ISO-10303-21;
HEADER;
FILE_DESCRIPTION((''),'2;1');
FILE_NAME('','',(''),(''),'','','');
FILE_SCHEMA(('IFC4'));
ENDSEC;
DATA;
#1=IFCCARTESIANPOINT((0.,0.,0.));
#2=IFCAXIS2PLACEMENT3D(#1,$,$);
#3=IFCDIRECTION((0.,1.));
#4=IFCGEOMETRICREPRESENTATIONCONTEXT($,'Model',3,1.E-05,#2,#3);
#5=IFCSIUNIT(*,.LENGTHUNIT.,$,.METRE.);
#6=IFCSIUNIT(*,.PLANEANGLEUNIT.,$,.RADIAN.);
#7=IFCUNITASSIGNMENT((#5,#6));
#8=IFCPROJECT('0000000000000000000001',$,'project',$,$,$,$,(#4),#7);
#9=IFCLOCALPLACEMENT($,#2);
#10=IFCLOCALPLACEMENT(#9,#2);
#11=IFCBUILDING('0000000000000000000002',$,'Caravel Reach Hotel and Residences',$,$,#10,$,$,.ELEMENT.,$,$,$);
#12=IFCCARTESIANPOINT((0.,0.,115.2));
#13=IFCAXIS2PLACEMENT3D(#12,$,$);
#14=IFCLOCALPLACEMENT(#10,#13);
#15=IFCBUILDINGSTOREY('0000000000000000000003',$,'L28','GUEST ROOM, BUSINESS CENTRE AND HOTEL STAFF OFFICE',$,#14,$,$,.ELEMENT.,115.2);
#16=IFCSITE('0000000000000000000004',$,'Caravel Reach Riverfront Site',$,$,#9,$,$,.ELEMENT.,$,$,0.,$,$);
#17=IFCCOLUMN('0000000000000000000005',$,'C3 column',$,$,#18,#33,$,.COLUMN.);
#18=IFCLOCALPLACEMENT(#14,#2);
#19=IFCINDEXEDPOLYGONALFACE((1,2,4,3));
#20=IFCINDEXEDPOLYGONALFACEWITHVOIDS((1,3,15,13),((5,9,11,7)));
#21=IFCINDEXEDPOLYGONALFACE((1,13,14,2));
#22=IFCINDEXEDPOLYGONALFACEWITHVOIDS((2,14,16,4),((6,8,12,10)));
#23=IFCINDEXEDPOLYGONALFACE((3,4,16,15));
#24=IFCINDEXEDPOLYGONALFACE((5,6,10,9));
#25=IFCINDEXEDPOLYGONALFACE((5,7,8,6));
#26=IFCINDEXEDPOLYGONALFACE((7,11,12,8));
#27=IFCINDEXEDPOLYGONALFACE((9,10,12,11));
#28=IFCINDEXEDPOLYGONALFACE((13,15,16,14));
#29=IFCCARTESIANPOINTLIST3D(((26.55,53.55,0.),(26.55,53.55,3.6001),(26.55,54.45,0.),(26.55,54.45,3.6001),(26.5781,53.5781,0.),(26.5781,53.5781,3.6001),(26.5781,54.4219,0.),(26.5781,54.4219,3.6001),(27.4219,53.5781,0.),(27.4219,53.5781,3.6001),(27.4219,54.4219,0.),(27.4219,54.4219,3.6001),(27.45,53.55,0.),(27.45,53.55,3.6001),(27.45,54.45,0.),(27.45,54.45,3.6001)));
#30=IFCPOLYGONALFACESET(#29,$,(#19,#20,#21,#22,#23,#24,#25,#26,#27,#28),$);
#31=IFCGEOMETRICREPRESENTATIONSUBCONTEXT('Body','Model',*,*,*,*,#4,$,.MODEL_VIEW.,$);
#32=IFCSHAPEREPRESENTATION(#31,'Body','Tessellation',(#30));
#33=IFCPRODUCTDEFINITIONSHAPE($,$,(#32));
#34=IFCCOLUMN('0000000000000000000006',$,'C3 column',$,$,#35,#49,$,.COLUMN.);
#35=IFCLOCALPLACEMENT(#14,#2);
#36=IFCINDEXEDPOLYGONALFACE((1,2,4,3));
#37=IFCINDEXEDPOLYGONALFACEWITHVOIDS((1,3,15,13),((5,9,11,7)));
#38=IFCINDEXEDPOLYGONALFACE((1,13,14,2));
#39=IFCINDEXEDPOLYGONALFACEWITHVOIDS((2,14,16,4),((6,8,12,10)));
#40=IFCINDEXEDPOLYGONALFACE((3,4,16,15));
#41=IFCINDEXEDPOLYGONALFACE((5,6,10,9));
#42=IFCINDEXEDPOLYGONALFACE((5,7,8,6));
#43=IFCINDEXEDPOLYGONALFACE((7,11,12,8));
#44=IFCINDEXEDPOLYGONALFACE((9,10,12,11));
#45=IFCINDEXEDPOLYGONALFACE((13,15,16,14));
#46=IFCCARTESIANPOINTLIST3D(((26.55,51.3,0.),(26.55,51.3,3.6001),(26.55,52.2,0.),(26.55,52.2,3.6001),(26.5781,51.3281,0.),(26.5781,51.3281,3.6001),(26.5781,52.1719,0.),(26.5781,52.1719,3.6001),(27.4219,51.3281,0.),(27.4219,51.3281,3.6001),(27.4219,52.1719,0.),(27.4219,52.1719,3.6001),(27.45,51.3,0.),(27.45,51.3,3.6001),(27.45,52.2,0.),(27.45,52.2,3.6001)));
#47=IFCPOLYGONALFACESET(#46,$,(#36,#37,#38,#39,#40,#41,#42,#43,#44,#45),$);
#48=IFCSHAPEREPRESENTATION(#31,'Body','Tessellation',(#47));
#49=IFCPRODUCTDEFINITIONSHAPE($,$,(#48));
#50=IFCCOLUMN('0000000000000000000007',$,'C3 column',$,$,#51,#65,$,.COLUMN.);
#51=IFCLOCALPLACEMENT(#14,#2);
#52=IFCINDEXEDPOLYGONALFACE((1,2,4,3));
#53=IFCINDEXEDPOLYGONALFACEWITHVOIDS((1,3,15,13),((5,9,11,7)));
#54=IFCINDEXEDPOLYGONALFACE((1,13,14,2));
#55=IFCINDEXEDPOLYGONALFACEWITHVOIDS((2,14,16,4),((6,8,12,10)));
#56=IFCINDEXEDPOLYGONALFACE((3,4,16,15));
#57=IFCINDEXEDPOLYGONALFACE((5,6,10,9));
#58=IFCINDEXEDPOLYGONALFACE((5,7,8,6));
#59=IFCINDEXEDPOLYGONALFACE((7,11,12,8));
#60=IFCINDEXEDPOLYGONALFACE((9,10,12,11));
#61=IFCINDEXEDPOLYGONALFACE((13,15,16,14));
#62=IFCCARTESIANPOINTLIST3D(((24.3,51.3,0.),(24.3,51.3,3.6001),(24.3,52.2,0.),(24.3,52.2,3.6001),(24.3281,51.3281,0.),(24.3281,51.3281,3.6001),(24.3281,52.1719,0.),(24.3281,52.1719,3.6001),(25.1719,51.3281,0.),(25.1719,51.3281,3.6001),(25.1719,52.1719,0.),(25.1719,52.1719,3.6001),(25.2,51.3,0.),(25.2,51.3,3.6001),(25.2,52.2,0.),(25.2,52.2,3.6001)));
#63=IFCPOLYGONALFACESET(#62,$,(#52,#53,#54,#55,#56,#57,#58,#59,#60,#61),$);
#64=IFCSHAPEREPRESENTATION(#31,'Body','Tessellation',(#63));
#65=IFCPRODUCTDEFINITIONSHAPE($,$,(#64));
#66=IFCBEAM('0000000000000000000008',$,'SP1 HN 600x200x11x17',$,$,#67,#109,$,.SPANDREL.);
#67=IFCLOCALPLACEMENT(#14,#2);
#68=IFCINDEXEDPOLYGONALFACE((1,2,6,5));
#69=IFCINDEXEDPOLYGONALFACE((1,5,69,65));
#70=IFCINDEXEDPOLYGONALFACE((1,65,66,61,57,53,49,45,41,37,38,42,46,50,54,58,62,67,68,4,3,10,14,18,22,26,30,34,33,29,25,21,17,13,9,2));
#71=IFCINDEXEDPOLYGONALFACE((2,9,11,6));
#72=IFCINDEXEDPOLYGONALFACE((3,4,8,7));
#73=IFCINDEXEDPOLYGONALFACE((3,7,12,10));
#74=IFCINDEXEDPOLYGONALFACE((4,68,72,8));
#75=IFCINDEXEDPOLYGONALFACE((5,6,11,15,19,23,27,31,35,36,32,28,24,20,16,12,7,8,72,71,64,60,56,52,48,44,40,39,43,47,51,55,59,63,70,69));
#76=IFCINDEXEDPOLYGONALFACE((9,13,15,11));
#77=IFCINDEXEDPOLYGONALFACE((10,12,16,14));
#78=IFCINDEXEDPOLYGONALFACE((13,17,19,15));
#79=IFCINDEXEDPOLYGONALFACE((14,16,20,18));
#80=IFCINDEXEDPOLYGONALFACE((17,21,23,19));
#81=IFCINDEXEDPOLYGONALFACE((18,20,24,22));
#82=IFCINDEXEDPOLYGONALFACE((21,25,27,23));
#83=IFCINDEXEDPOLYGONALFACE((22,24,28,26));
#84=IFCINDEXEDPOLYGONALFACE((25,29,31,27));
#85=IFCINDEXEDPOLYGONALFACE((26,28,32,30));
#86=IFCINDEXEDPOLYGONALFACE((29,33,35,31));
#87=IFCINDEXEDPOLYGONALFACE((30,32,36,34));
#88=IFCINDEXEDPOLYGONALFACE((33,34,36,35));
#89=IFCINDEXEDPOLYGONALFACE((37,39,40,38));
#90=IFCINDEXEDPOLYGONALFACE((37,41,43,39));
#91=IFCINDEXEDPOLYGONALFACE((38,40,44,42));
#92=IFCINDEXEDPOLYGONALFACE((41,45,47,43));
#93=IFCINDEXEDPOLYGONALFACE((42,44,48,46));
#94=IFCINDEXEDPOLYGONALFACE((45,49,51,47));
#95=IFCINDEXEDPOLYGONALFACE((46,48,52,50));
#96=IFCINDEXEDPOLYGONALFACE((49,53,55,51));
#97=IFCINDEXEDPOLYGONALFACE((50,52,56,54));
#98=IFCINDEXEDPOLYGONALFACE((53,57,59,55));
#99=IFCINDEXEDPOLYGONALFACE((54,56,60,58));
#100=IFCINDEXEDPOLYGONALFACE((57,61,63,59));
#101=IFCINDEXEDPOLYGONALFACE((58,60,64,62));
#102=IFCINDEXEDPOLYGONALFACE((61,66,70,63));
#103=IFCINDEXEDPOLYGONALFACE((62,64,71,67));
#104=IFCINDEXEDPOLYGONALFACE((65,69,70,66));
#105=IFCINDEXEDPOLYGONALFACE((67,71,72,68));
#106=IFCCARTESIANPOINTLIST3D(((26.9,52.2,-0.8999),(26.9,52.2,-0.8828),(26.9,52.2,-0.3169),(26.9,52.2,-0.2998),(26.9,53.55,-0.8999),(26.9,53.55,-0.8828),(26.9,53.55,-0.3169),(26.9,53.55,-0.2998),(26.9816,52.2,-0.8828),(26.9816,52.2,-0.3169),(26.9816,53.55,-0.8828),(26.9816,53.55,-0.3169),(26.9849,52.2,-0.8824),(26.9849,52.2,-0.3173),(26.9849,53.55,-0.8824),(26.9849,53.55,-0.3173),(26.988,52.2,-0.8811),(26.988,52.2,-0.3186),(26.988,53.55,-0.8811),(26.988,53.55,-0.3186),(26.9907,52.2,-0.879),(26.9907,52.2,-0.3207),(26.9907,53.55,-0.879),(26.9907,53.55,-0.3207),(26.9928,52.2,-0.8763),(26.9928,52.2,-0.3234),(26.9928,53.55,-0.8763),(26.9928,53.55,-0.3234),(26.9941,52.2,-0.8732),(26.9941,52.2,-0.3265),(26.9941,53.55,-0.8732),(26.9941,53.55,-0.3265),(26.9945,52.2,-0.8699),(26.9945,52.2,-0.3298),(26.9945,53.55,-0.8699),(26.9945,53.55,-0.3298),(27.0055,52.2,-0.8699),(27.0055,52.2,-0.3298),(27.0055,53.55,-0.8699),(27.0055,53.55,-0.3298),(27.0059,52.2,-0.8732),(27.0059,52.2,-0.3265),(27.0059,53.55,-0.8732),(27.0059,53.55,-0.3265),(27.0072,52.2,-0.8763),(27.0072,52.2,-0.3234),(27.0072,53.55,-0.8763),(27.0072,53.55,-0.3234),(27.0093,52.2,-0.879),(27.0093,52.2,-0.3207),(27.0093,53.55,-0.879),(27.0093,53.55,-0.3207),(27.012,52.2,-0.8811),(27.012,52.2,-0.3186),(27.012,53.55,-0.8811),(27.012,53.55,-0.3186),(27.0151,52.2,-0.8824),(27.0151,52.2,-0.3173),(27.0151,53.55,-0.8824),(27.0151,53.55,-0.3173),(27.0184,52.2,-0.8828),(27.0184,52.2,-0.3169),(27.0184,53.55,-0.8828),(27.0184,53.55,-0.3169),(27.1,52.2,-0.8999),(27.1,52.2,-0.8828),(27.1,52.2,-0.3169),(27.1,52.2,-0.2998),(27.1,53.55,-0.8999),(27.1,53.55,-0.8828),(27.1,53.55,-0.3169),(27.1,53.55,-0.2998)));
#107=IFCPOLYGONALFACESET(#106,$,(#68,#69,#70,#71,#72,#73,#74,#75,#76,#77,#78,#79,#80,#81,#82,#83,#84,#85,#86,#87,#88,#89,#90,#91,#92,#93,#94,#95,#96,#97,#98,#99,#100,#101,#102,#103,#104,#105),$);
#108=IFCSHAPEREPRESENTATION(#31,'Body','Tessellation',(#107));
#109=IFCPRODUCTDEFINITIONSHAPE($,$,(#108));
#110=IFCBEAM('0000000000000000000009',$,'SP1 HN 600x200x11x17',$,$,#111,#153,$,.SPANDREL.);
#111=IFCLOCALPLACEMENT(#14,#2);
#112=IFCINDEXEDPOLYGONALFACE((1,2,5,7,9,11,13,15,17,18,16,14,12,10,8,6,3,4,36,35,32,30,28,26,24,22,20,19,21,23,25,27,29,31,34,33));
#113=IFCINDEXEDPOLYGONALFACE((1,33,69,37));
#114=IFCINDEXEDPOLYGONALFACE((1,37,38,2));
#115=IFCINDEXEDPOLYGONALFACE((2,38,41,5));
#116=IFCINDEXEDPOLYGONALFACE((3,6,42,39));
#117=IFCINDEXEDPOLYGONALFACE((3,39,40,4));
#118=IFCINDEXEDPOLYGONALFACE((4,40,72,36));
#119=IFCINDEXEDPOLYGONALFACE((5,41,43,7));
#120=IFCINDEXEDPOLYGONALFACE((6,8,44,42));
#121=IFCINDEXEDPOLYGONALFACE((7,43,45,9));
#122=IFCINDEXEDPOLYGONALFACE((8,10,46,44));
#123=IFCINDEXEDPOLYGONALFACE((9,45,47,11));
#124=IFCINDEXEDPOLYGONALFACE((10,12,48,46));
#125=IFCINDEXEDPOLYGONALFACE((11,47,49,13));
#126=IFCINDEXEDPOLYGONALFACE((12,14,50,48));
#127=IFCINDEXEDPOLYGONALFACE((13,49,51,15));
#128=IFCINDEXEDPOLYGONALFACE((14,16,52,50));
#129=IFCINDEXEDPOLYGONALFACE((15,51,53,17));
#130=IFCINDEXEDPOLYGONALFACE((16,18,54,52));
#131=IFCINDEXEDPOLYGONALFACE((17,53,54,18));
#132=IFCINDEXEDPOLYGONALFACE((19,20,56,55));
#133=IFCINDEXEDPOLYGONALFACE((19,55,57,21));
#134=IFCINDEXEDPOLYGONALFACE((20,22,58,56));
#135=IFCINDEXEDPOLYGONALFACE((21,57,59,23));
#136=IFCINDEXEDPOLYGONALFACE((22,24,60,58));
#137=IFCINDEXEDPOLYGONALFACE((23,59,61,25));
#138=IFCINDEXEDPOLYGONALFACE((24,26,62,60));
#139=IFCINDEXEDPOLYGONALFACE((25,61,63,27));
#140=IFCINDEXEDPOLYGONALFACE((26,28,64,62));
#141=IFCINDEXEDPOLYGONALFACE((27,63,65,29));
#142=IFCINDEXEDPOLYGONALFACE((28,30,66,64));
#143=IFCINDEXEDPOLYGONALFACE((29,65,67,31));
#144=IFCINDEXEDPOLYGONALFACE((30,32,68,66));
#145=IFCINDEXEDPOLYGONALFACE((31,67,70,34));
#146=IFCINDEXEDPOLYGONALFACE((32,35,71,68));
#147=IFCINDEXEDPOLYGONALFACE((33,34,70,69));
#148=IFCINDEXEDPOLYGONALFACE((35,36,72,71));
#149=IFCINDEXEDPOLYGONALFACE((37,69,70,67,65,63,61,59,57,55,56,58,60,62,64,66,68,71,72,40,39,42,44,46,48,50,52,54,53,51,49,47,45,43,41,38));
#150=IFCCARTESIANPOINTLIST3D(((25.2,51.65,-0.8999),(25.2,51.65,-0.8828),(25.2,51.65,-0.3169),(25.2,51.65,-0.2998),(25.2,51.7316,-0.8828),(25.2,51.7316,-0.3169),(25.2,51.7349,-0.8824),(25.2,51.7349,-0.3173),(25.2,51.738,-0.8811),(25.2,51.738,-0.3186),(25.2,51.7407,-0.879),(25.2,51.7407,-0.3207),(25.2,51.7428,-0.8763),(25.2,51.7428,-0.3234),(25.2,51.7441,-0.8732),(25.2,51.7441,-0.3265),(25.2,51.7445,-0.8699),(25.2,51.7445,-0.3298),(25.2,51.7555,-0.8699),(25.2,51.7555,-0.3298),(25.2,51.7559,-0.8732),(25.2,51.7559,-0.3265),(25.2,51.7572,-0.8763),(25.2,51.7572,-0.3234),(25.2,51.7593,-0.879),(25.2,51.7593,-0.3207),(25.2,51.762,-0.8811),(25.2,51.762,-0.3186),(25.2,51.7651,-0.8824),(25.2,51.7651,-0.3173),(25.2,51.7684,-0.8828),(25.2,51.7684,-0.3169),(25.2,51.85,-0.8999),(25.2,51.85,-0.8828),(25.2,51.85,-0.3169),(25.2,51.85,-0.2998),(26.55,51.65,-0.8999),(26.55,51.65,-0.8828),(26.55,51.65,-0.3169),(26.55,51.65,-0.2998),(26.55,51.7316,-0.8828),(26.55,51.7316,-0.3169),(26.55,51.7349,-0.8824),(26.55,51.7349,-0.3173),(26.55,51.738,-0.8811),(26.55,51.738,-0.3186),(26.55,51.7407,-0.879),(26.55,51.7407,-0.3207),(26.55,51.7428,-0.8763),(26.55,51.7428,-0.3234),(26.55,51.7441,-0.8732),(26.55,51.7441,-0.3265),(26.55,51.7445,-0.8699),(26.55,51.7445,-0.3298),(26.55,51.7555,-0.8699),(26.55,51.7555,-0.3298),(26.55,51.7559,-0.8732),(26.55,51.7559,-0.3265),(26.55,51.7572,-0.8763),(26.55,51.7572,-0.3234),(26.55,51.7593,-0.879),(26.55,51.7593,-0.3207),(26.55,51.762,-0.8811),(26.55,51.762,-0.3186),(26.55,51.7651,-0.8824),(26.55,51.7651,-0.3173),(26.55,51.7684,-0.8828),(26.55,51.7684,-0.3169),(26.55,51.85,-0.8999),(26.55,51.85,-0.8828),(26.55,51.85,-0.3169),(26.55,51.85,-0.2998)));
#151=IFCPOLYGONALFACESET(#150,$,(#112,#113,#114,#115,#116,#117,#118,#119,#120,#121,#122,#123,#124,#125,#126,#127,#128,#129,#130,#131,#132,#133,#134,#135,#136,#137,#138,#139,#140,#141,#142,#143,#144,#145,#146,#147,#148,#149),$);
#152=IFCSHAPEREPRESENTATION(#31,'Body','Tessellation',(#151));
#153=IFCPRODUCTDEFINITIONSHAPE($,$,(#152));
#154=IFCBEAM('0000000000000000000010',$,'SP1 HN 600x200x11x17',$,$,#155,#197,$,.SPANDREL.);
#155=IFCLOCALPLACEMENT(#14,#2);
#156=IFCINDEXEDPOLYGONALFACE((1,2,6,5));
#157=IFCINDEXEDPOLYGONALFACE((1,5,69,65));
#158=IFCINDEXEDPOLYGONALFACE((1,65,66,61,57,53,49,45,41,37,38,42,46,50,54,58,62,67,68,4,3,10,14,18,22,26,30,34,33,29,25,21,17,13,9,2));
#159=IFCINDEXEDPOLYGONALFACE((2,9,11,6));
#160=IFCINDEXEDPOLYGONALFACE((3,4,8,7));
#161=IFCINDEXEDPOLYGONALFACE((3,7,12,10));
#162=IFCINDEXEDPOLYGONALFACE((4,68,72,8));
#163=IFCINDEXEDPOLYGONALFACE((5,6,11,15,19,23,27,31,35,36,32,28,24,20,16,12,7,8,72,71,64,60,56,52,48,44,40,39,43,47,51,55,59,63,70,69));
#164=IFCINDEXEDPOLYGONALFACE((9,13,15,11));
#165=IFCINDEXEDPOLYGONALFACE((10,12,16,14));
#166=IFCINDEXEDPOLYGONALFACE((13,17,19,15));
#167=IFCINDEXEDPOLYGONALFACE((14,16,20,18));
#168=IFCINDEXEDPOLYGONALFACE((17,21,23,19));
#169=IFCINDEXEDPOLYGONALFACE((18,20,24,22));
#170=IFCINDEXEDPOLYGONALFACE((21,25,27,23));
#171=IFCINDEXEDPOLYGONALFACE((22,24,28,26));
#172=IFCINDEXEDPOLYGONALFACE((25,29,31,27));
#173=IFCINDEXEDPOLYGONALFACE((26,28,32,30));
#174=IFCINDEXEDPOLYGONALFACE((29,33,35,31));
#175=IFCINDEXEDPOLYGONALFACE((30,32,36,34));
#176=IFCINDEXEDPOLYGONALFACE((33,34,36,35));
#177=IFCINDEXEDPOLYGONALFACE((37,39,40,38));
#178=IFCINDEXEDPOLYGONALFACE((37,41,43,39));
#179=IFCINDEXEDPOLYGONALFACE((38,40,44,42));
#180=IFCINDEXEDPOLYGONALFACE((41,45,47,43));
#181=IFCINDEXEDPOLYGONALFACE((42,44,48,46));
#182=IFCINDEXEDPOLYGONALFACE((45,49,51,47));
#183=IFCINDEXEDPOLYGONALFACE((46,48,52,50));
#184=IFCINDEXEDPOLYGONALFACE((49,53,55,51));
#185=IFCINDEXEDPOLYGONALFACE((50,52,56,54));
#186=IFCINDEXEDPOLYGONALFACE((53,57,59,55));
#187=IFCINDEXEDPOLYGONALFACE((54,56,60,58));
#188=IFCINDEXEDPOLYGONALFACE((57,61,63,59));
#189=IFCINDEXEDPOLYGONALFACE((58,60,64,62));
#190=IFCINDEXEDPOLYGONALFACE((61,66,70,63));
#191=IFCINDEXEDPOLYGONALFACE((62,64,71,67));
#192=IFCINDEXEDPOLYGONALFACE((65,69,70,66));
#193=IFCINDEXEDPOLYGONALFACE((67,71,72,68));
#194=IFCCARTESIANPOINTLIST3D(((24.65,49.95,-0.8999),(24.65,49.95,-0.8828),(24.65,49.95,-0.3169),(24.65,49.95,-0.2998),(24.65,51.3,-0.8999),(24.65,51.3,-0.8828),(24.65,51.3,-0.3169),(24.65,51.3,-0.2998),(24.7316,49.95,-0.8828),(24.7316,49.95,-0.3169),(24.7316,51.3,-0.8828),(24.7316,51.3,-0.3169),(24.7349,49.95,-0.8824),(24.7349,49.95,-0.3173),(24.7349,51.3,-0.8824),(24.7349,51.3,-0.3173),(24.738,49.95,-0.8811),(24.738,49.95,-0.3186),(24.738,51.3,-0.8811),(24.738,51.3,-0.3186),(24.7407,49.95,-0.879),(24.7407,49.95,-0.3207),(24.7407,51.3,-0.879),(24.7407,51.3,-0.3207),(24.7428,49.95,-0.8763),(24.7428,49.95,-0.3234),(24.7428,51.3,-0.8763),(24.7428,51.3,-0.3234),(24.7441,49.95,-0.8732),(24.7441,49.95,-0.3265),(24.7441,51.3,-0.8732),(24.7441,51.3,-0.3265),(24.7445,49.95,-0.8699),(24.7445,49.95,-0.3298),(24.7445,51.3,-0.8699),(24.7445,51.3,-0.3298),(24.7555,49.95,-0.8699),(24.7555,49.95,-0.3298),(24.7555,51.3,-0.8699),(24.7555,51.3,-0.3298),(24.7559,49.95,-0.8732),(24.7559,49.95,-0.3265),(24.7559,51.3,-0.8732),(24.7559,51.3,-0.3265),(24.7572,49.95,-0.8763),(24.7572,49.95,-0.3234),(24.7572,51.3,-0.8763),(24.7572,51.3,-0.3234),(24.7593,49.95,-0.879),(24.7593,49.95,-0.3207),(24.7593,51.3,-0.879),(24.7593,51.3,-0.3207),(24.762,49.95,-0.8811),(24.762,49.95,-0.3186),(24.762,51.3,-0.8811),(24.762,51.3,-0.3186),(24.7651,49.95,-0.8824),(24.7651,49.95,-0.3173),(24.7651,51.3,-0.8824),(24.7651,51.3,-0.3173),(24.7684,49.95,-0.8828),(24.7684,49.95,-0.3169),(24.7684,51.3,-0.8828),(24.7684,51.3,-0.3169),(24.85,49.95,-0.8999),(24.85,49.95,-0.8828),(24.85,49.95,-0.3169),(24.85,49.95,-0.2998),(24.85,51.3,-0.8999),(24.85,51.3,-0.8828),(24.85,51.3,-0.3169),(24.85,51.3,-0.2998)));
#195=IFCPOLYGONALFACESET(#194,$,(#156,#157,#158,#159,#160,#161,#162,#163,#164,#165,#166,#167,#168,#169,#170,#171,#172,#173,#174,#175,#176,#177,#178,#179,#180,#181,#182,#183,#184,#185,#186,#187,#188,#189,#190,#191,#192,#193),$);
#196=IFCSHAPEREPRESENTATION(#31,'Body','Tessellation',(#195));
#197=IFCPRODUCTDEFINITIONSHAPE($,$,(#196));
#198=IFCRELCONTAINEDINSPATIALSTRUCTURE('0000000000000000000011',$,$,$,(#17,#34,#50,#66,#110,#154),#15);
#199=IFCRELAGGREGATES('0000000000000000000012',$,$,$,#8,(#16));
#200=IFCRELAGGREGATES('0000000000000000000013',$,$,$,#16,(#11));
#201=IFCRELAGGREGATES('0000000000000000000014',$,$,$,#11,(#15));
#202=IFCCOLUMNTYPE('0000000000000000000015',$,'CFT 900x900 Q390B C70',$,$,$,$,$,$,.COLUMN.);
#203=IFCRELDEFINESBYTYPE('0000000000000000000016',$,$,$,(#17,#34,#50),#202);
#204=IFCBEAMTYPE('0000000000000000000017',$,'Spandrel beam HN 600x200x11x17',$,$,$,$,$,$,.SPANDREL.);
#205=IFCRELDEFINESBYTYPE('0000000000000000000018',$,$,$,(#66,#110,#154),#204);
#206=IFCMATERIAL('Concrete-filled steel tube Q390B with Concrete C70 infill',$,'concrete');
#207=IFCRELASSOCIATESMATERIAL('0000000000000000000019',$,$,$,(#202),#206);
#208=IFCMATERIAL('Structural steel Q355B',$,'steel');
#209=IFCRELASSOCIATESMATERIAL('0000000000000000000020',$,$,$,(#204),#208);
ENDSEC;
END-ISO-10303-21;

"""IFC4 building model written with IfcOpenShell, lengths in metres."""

from ifc_helpers import new_model, si_unit, direction, frame, origin, origin_2d, place, context, subcontext, project, spatial, hollow_rectangle, i_section, extrude, material, material_profile, profile_set, type_object, element, save


model = new_model("IFC4")

# Units and contexts
model_context = context("Model", 3, precision=1e-05, world=origin(), true_north=direction((0.0, 1.0)))
body_context = subcontext(model_context, "Body", "Model", "MODEL_VIEW")
ifc_project = project(units=[si_unit("LENGTHUNIT", "METRE"), si_unit("PLANEANGLEUNIT", "RADIAN")], contexts=[model_context])

# Site, building, storey
site_placement = place(None, origin())
site = spatial("IfcSite", under=ifc_project, at=site_placement, Name="Caravel Reach Riverfront Site", CompositionType="ELEMENT", RefElevation=0.0)
building_placement = place(site_placement, origin())
building = spatial("IfcBuilding", under=site, at=building_placement, Name="Caravel Reach Hotel and Residences", CompositionType="ELEMENT")
storey_placement = place(building_placement, frame((0.0, 0.0, 115.2)))
storey = spatial("IfcBuildingStorey", under=building, at=storey_placement, Name="L28", Description="GUEST ROOM, BUSINESS CENTRE AND HOTEL STAFF OFFICE", CompositionType="ELEMENT", Elevation=115.2)

# Columns
ifc_material_1 = material(Name="Concrete-filled steel tube Q390B with Concrete C70 infill", Category="concrete")
ifc_material_profile_1 = material_profile(ifc_material_1, hollow_rectangle(XDim=0.8999, YDim=0.8999, WallThickness=0.0281, at=origin_2d()), Name="RHS 900x900x28")
ifc_profile_set_1 = profile_set([ifc_material_profile_1], Name="Concrete-filled steel tube Q390B with Concrete C70 infill")
column_type = type_object("IfcColumnType", Name="CFT 900x900 Q390B C70", PredefinedType="COLUMN", material=ifc_profile_set_1)
for number, where, z_axis, x_axis, name in (
    (1, (27.0, 54.0, 0.0), (0.0, 0.0, 1.0), (1.0, 0.0, 0.0), "C3 column"),
    (2, (27.0, 51.75, 0.0), (0.0, 0.0, 1.0), (1.0, 0.0, 0.0), "C3 column"),
    (3, (24.75, 51.75, 0.0), (0.0, 0.0, 1.0), (1.0, 0.0, 0.0), "C3 column"),
):
    element("IfcColumn", number, at=place(storey_placement, frame(where, z_axis=z_axis, x_axis=x_axis)), inside=storey, type_object=column_type, Name=name, PredefinedType="COLUMN", context=body_context, shape_type="SweptSolid", body=[
        extrude(hollow_rectangle(XDim=0.8999, YDim=0.8999, WallThickness=0.0281, at=origin_2d()), origin(), (0.0, 0.0, 1.0), 3.6001),
    ])

# Beams
ifc_material_2 = material(Name="Structural steel Q355B", Category="steel")
ifc_material_profile_2 = material_profile(ifc_material_2, i_section(OverallWidth=0.2, OverallDepth=0.6001, WebThickness=0.011, FlangeThickness=0.0171, FilletRadius=0.0129, at=origin_2d()), Name="HN 600x200x11x17")
ifc_profile_set_2 = profile_set([ifc_material_profile_2], Name="Structural steel Q355B")
beam_type = type_object("IfcBeamType", Name="Spandrel beam HN 600x200x11x17", PredefinedType="SPANDREL", material=ifc_profile_set_2)
for number, where, z_axis, x_axis, name in (
    (4, (27.0, 53.55, -0.5999), (0.0, -1.0, 0.0), (1.0, 0.0, 0.0), "SP1 HN 600x200x11x17"),
    (5, (26.55, 51.75, -0.5999), (-1.0, 0.0, 0.0), (0.0, -1.0, 0.0), "SP1 HN 600x200x11x17"),
    (6, (24.75, 51.3, -0.5999), (0.0, -1.0, 0.0), (1.0, 0.0, 0.0), "SP1 HN 600x200x11x17"),
):
    element("IfcBeam", number, at=place(storey_placement, frame(where, z_axis=z_axis, x_axis=x_axis)), inside=storey, type_object=beam_type, Name=name, PredefinedType="SPANDREL", context=body_context, shape_type="SweptSolid", body=[
        extrude(i_section(OverallWidth=0.2, OverallDepth=0.6001, WebThickness=0.011, FlangeThickness=0.0171, FilletRadius=0.0129, at=origin_2d()), origin(), (0.0, 0.0, 1.0), 1.3501),
    ])

save(model, "model.ifc")
